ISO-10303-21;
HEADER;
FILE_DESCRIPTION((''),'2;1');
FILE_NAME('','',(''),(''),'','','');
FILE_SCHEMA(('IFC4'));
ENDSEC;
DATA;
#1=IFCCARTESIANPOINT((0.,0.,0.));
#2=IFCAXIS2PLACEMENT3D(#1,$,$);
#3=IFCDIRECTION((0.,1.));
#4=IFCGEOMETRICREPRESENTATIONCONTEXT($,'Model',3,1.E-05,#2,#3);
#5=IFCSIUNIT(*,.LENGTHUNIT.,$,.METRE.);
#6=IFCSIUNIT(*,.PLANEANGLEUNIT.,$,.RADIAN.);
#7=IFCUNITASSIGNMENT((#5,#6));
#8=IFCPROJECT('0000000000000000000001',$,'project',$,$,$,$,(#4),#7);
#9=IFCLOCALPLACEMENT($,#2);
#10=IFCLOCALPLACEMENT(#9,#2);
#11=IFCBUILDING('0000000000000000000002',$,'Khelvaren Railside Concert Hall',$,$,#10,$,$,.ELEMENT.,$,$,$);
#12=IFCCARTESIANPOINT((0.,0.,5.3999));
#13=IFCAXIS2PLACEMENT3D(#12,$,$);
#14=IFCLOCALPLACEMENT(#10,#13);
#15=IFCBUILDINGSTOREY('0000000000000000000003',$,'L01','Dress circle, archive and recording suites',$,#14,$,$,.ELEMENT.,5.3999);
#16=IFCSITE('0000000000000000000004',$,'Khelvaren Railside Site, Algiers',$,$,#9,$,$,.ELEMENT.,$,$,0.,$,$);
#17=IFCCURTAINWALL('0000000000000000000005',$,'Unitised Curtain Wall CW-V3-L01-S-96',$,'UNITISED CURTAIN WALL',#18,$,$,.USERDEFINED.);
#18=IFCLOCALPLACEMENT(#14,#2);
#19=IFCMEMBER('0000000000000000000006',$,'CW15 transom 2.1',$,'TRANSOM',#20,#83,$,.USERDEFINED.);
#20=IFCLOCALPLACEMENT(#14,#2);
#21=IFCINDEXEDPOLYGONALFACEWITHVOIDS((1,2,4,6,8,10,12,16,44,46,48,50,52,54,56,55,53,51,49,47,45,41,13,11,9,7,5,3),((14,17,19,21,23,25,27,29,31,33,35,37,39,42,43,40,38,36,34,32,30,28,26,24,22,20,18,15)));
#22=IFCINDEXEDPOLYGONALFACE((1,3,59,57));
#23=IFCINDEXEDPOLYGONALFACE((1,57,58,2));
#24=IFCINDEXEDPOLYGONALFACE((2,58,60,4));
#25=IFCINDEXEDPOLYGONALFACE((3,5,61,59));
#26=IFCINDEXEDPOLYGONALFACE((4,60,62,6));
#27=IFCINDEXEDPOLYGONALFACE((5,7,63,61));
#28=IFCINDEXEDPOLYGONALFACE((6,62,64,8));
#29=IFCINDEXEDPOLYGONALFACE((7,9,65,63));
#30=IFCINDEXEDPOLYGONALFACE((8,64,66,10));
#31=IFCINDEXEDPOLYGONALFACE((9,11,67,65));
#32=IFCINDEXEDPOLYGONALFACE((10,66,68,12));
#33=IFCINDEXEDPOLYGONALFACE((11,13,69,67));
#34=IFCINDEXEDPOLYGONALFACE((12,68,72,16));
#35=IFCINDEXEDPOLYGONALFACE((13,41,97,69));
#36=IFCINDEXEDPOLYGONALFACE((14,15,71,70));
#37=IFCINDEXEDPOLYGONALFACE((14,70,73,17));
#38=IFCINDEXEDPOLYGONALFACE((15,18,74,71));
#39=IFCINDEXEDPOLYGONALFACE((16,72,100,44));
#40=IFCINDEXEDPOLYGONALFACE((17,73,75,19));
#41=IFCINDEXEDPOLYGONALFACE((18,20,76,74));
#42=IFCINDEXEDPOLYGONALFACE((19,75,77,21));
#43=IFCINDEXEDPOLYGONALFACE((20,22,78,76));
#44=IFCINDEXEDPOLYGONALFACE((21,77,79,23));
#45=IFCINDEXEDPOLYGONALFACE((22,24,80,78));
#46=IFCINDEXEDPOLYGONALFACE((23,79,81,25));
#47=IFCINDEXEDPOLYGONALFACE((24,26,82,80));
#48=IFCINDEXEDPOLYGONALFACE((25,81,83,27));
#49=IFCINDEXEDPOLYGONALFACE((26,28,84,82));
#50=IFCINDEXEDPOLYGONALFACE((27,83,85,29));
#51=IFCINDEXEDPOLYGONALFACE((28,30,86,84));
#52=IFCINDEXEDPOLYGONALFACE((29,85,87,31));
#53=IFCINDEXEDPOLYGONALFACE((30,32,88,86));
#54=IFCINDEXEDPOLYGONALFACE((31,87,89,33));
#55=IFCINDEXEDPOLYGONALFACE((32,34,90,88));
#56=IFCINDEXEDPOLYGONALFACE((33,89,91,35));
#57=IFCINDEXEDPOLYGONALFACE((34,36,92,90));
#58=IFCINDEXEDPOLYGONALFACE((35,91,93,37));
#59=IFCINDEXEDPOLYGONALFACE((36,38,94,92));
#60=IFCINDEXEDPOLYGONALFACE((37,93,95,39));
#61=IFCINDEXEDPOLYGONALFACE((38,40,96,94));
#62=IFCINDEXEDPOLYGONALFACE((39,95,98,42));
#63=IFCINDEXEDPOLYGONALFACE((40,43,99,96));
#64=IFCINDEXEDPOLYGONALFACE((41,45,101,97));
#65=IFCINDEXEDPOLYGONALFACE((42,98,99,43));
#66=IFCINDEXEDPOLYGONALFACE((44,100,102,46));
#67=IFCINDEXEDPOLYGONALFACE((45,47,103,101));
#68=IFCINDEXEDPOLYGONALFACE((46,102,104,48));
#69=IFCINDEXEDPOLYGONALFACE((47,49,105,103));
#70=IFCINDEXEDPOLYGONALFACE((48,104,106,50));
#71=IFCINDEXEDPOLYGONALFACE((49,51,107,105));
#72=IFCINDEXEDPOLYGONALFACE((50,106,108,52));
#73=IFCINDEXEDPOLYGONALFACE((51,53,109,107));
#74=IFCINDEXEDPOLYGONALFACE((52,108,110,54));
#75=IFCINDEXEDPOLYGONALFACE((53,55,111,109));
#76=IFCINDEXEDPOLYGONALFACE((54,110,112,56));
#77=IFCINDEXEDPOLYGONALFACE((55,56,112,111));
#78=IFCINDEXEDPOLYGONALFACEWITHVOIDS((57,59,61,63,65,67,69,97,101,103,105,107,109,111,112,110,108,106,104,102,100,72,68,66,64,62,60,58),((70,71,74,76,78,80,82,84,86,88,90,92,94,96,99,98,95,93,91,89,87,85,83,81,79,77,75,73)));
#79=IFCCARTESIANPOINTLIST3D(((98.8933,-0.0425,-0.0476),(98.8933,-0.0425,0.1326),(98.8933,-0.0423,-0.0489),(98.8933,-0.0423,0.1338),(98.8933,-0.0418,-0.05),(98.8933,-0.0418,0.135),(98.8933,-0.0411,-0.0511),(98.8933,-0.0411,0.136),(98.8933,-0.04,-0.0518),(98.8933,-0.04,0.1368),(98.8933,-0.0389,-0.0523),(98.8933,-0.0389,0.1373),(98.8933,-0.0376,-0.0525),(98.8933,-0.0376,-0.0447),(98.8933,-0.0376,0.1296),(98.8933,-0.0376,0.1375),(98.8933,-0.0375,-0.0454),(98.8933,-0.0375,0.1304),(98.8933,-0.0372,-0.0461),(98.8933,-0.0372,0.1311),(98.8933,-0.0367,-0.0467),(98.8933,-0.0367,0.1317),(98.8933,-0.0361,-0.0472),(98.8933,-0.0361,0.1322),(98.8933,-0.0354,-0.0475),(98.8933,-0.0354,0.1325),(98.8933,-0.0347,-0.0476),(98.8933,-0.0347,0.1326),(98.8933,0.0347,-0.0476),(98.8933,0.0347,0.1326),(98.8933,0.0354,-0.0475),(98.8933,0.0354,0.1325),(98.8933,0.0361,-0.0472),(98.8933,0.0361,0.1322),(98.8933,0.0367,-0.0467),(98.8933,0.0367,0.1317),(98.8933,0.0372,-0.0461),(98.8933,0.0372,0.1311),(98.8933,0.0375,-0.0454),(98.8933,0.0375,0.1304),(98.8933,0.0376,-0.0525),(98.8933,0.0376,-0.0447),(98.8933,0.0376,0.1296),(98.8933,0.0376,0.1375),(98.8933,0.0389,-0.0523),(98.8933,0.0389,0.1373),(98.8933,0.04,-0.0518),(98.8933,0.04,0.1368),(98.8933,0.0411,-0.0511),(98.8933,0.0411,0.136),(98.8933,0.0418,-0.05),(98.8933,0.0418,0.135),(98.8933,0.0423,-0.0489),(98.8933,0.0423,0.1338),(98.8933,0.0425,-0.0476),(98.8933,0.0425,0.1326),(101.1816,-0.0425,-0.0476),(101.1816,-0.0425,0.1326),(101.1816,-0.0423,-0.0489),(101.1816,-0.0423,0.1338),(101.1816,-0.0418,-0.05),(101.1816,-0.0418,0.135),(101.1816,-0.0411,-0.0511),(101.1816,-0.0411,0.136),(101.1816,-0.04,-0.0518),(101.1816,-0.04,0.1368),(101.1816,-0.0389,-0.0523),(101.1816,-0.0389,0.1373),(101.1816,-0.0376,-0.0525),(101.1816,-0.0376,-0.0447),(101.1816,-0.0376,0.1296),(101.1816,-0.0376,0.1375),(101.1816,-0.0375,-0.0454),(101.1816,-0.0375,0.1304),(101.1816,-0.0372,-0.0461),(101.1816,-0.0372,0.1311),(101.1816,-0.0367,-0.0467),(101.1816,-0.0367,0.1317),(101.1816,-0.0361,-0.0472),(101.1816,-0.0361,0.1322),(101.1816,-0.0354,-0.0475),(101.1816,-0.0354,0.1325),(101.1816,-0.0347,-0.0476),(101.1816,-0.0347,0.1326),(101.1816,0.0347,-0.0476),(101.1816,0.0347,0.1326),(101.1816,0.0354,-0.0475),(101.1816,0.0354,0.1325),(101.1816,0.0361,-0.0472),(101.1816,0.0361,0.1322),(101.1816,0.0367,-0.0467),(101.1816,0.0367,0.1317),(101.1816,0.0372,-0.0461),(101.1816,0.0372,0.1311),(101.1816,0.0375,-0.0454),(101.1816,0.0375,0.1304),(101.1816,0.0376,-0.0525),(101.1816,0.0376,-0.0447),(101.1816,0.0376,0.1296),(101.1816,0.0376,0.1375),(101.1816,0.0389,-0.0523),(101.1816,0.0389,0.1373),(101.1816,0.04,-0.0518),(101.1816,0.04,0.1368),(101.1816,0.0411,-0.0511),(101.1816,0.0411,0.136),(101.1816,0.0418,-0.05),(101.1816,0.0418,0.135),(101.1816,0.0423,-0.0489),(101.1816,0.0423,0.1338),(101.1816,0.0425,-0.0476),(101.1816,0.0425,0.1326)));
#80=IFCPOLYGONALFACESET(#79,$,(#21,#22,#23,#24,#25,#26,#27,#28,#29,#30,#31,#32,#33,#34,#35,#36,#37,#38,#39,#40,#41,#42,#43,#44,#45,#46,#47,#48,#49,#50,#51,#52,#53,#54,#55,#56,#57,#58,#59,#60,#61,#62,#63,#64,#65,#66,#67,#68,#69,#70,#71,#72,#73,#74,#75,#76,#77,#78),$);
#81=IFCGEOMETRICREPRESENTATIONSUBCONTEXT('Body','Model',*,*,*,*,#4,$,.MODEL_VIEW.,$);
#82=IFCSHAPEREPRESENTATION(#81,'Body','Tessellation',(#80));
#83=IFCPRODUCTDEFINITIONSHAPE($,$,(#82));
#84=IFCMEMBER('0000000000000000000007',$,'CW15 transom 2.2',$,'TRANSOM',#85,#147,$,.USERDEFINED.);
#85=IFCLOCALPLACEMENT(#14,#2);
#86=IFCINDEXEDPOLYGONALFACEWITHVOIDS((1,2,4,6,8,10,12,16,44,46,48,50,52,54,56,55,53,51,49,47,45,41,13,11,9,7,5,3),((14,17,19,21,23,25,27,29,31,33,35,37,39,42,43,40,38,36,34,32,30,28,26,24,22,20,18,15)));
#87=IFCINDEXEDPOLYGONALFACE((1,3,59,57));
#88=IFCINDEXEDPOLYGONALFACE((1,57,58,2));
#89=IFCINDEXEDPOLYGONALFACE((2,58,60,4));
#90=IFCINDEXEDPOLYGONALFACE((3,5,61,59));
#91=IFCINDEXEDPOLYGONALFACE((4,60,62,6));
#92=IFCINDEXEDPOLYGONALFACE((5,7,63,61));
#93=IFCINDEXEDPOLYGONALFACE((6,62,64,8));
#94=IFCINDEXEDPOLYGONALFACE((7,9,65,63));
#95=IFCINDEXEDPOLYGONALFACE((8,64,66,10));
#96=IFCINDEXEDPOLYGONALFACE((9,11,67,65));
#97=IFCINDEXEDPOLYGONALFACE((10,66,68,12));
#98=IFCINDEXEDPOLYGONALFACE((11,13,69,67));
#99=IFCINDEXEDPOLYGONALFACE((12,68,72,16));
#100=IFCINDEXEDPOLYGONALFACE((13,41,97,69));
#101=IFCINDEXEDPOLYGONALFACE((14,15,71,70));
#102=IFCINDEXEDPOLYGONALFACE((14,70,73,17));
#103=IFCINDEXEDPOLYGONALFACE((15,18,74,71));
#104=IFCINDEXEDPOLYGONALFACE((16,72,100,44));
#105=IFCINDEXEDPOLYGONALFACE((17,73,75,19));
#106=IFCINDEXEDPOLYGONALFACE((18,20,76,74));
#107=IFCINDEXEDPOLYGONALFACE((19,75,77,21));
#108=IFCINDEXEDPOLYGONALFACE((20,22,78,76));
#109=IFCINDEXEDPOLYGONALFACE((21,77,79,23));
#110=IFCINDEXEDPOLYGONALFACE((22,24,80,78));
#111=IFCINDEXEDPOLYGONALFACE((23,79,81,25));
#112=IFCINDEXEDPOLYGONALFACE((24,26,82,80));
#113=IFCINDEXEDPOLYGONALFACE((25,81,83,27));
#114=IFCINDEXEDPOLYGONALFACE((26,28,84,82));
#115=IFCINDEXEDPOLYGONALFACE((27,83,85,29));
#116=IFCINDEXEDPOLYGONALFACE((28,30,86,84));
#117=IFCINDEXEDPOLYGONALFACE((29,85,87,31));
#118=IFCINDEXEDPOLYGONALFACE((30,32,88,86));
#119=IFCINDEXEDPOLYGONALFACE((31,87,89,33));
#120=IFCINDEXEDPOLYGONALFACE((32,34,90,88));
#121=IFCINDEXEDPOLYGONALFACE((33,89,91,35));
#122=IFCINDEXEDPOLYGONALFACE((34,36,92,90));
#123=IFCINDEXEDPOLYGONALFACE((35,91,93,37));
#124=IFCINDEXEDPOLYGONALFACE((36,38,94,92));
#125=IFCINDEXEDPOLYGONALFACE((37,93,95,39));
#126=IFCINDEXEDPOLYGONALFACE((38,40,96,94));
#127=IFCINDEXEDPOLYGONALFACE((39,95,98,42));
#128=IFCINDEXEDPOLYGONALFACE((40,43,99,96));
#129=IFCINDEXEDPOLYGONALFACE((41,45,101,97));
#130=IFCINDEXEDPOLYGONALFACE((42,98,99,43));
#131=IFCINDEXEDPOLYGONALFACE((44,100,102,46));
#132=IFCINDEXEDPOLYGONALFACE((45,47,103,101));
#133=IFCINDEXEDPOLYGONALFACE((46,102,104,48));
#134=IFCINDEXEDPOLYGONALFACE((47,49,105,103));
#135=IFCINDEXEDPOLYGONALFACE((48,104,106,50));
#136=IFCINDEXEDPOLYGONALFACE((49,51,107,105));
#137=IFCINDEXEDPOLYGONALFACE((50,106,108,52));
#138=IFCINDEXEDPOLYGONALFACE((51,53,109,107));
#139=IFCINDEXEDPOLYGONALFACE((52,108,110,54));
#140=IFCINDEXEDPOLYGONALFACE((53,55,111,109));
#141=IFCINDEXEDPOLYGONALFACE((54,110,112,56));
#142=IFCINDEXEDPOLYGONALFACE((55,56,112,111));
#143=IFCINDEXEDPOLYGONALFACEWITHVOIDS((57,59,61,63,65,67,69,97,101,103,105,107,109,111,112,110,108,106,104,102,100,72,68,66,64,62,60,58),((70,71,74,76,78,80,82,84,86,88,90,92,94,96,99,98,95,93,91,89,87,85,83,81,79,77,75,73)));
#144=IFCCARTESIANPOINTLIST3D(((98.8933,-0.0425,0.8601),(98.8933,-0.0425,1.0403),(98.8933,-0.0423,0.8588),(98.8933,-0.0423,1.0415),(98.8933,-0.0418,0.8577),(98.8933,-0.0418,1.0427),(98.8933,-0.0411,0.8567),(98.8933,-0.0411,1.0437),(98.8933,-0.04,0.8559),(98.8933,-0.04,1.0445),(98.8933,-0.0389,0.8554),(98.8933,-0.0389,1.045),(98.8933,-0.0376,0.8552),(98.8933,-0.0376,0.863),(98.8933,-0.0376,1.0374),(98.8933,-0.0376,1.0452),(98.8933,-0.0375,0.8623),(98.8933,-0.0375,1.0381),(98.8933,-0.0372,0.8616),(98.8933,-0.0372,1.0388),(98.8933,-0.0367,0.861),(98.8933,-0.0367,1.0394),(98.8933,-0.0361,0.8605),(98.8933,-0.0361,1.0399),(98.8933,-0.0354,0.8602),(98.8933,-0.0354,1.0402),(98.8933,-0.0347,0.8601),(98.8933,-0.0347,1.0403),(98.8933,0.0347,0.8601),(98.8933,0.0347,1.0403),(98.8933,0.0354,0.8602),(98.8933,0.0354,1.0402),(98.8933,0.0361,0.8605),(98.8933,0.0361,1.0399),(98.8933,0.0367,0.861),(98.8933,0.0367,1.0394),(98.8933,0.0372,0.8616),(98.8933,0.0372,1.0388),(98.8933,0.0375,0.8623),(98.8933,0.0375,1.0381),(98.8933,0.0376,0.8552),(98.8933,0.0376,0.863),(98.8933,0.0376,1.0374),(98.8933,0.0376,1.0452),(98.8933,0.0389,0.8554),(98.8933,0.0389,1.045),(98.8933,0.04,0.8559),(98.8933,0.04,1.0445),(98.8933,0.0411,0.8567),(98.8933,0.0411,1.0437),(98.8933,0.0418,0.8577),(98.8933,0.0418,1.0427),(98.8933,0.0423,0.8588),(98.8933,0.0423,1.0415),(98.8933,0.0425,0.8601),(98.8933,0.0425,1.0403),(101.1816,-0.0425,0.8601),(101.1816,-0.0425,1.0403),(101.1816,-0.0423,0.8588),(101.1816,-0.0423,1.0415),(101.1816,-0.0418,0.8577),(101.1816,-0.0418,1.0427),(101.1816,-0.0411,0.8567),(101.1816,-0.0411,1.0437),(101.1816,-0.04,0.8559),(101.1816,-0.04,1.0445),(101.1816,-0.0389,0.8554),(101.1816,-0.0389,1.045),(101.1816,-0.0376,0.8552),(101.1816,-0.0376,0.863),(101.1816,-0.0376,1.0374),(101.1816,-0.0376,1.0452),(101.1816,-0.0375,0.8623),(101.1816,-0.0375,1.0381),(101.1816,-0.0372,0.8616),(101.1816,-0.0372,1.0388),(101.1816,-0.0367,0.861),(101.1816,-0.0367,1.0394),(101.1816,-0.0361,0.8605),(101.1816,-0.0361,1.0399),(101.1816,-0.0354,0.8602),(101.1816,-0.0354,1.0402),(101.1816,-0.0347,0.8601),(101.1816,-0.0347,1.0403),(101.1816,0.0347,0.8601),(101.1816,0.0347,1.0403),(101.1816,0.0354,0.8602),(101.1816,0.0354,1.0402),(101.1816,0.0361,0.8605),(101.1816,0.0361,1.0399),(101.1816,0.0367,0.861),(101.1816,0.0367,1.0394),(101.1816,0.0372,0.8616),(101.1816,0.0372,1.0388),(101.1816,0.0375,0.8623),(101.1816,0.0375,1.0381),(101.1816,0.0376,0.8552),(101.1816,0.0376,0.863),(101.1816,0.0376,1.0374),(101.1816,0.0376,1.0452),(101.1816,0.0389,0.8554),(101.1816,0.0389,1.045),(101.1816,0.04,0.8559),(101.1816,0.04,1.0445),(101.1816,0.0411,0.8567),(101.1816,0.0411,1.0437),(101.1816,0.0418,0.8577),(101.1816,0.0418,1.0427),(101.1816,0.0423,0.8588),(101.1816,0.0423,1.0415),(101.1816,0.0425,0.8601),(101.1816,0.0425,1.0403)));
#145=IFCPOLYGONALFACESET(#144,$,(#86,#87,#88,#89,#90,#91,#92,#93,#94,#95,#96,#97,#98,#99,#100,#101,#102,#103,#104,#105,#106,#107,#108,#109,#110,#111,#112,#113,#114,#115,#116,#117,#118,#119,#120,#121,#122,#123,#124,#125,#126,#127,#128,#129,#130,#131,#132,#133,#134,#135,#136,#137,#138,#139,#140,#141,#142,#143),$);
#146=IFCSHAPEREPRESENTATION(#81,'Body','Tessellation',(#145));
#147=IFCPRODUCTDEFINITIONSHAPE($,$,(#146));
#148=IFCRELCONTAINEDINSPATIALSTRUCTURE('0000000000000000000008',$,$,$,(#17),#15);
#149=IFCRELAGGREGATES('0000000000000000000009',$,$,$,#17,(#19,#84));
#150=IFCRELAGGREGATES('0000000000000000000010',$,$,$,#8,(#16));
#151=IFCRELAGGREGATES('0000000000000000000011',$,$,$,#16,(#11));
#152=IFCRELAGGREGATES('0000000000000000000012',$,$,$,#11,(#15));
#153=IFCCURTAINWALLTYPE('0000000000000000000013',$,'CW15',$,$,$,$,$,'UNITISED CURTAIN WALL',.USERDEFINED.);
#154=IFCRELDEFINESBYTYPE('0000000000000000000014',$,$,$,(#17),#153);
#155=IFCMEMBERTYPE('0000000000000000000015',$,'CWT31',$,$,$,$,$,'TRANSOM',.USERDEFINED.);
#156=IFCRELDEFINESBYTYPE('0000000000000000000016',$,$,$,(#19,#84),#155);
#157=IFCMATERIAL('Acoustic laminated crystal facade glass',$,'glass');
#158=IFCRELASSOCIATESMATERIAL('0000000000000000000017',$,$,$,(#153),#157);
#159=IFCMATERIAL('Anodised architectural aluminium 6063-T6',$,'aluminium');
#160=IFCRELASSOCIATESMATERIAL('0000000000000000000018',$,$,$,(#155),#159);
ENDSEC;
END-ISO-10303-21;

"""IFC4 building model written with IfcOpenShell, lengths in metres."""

from ifc_helpers import new_model, si_unit, direction, frame, origin, origin_2d, place, context, subcontext, project, spatial, hollow_rectangle, extrude, material, material_profile, profile_set, type_object, element, aggregate, save


model = new_model("IFC4")

# Units and contexts
model_context = context("Model", 3, precision=1e-05, world=origin(), true_north=direction((0.0, 1.0)))
body_context = subcontext(model_context, "Body", "Model", "MODEL_VIEW")
ifc_project = project(units=[si_unit("LENGTHUNIT", "METRE"), si_unit("PLANEANGLEUNIT", "RADIAN")], contexts=[model_context])

# Site, building, storey
site_placement = place(None, origin())
site = spatial("IfcSite", under=ifc_project, at=site_placement, Name="Khelvaren Railside Site, Algiers", CompositionType="ELEMENT", RefElevation=0.0)
building_placement = place(site_placement, origin())
building = spatial("IfcBuilding", under=site, at=building_placement, Name="Khelvaren Railside Concert Hall", CompositionType="ELEMENT")
storey_placement = place(building_placement, frame((0.0, 0.0, 5.3999)))
storey = spatial("IfcBuildingStorey", under=building, at=storey_placement, Name="L01", Description="Dress circle, archive and recording suites", CompositionType="ELEMENT", Elevation=5.3999)

# Curtain wall
ifc_material_1 = material(Name="Acoustic laminated crystal facade glass", Category="glass")
curtain_wall_type_1 = type_object("IfcCurtainWallType", Name="CW15", ElementType="UNITISED CURTAIN WALL", PredefinedType="USERDEFINED", material=ifc_material_1)
curtain_wall_1_placement = place(storey_placement, origin())
curtain_wall_1 = element("IfcCurtainWall", 1, at=curtain_wall_1_placement, inside=storey, type_object=curtain_wall_type_1, Name="Unitised Curtain Wall CW-V3-L01-S-96", ObjectType="UNITISED CURTAIN WALL", PredefinedType="USERDEFINED")
ifc_material_2 = material(Name="Anodised architectural aluminium 6063-T6", Category="aluminium")

# Members
ifc_material_profile_1 = material_profile(ifc_material_2, hollow_rectangle(XDim=0.085, YDim=0.1899, WallThickness=0.0049, InnerFilletRadius=0.0029, OuterFilletRadius=0.0049, at=origin_2d()), Name="CWT 85x190x5")
ifc_profile_set_1 = profile_set([ifc_material_profile_1], Name="Anodised architectural aluminium 6063-T6")
member_type_1 = type_object("IfcMemberType", Name="CWT31", ElementType="TRANSOM", PredefinedType="USERDEFINED", material=ifc_profile_set_1)
member_1_placement = place(storey_placement, frame((101.1816, 0.0, 0.0425), z_axis=(-1.0, 0.0, 0.0), x_axis=(0.0, -1.0, 0.0)))
member_1 = element("IfcMember", 2, at=member_1_placement, type_object=member_type_1, Name="CW15 transom 2.1", ObjectType="TRANSOM", PredefinedType="USERDEFINED", context=body_context, shape_type="SweptSolid", body=[
    extrude(hollow_rectangle(XDim=0.085, YDim=0.1899, WallThickness=0.0049, InnerFilletRadius=0.0029, OuterFilletRadius=0.0049, at=origin_2d()), origin(), (0.0, 0.0, 1.0), 2.2883),
])
member_2_placement = place(storey_placement, frame((101.1816, 0.0, 0.9502), z_axis=(-1.0, 0.0, 0.0), x_axis=(0.0, -1.0, 0.0)))
member_2 = element("IfcMember", 3, at=member_2_placement, type_object=member_type_1, Name="CW15 transom 2.2", ObjectType="TRANSOM", PredefinedType="USERDEFINED", context=body_context, shape_type="SweptSolid", body=[
    extrude(hollow_rectangle(XDim=0.085, YDim=0.1899, WallThickness=0.0049, InnerFilletRadius=0.0029, OuterFilletRadius=0.0049, at=origin_2d()), origin(), (0.0, 0.0, 1.0), 2.2883),
])

aggregate(curtain_wall_1, [member_1, member_2])

save(model, "model.ifc")
